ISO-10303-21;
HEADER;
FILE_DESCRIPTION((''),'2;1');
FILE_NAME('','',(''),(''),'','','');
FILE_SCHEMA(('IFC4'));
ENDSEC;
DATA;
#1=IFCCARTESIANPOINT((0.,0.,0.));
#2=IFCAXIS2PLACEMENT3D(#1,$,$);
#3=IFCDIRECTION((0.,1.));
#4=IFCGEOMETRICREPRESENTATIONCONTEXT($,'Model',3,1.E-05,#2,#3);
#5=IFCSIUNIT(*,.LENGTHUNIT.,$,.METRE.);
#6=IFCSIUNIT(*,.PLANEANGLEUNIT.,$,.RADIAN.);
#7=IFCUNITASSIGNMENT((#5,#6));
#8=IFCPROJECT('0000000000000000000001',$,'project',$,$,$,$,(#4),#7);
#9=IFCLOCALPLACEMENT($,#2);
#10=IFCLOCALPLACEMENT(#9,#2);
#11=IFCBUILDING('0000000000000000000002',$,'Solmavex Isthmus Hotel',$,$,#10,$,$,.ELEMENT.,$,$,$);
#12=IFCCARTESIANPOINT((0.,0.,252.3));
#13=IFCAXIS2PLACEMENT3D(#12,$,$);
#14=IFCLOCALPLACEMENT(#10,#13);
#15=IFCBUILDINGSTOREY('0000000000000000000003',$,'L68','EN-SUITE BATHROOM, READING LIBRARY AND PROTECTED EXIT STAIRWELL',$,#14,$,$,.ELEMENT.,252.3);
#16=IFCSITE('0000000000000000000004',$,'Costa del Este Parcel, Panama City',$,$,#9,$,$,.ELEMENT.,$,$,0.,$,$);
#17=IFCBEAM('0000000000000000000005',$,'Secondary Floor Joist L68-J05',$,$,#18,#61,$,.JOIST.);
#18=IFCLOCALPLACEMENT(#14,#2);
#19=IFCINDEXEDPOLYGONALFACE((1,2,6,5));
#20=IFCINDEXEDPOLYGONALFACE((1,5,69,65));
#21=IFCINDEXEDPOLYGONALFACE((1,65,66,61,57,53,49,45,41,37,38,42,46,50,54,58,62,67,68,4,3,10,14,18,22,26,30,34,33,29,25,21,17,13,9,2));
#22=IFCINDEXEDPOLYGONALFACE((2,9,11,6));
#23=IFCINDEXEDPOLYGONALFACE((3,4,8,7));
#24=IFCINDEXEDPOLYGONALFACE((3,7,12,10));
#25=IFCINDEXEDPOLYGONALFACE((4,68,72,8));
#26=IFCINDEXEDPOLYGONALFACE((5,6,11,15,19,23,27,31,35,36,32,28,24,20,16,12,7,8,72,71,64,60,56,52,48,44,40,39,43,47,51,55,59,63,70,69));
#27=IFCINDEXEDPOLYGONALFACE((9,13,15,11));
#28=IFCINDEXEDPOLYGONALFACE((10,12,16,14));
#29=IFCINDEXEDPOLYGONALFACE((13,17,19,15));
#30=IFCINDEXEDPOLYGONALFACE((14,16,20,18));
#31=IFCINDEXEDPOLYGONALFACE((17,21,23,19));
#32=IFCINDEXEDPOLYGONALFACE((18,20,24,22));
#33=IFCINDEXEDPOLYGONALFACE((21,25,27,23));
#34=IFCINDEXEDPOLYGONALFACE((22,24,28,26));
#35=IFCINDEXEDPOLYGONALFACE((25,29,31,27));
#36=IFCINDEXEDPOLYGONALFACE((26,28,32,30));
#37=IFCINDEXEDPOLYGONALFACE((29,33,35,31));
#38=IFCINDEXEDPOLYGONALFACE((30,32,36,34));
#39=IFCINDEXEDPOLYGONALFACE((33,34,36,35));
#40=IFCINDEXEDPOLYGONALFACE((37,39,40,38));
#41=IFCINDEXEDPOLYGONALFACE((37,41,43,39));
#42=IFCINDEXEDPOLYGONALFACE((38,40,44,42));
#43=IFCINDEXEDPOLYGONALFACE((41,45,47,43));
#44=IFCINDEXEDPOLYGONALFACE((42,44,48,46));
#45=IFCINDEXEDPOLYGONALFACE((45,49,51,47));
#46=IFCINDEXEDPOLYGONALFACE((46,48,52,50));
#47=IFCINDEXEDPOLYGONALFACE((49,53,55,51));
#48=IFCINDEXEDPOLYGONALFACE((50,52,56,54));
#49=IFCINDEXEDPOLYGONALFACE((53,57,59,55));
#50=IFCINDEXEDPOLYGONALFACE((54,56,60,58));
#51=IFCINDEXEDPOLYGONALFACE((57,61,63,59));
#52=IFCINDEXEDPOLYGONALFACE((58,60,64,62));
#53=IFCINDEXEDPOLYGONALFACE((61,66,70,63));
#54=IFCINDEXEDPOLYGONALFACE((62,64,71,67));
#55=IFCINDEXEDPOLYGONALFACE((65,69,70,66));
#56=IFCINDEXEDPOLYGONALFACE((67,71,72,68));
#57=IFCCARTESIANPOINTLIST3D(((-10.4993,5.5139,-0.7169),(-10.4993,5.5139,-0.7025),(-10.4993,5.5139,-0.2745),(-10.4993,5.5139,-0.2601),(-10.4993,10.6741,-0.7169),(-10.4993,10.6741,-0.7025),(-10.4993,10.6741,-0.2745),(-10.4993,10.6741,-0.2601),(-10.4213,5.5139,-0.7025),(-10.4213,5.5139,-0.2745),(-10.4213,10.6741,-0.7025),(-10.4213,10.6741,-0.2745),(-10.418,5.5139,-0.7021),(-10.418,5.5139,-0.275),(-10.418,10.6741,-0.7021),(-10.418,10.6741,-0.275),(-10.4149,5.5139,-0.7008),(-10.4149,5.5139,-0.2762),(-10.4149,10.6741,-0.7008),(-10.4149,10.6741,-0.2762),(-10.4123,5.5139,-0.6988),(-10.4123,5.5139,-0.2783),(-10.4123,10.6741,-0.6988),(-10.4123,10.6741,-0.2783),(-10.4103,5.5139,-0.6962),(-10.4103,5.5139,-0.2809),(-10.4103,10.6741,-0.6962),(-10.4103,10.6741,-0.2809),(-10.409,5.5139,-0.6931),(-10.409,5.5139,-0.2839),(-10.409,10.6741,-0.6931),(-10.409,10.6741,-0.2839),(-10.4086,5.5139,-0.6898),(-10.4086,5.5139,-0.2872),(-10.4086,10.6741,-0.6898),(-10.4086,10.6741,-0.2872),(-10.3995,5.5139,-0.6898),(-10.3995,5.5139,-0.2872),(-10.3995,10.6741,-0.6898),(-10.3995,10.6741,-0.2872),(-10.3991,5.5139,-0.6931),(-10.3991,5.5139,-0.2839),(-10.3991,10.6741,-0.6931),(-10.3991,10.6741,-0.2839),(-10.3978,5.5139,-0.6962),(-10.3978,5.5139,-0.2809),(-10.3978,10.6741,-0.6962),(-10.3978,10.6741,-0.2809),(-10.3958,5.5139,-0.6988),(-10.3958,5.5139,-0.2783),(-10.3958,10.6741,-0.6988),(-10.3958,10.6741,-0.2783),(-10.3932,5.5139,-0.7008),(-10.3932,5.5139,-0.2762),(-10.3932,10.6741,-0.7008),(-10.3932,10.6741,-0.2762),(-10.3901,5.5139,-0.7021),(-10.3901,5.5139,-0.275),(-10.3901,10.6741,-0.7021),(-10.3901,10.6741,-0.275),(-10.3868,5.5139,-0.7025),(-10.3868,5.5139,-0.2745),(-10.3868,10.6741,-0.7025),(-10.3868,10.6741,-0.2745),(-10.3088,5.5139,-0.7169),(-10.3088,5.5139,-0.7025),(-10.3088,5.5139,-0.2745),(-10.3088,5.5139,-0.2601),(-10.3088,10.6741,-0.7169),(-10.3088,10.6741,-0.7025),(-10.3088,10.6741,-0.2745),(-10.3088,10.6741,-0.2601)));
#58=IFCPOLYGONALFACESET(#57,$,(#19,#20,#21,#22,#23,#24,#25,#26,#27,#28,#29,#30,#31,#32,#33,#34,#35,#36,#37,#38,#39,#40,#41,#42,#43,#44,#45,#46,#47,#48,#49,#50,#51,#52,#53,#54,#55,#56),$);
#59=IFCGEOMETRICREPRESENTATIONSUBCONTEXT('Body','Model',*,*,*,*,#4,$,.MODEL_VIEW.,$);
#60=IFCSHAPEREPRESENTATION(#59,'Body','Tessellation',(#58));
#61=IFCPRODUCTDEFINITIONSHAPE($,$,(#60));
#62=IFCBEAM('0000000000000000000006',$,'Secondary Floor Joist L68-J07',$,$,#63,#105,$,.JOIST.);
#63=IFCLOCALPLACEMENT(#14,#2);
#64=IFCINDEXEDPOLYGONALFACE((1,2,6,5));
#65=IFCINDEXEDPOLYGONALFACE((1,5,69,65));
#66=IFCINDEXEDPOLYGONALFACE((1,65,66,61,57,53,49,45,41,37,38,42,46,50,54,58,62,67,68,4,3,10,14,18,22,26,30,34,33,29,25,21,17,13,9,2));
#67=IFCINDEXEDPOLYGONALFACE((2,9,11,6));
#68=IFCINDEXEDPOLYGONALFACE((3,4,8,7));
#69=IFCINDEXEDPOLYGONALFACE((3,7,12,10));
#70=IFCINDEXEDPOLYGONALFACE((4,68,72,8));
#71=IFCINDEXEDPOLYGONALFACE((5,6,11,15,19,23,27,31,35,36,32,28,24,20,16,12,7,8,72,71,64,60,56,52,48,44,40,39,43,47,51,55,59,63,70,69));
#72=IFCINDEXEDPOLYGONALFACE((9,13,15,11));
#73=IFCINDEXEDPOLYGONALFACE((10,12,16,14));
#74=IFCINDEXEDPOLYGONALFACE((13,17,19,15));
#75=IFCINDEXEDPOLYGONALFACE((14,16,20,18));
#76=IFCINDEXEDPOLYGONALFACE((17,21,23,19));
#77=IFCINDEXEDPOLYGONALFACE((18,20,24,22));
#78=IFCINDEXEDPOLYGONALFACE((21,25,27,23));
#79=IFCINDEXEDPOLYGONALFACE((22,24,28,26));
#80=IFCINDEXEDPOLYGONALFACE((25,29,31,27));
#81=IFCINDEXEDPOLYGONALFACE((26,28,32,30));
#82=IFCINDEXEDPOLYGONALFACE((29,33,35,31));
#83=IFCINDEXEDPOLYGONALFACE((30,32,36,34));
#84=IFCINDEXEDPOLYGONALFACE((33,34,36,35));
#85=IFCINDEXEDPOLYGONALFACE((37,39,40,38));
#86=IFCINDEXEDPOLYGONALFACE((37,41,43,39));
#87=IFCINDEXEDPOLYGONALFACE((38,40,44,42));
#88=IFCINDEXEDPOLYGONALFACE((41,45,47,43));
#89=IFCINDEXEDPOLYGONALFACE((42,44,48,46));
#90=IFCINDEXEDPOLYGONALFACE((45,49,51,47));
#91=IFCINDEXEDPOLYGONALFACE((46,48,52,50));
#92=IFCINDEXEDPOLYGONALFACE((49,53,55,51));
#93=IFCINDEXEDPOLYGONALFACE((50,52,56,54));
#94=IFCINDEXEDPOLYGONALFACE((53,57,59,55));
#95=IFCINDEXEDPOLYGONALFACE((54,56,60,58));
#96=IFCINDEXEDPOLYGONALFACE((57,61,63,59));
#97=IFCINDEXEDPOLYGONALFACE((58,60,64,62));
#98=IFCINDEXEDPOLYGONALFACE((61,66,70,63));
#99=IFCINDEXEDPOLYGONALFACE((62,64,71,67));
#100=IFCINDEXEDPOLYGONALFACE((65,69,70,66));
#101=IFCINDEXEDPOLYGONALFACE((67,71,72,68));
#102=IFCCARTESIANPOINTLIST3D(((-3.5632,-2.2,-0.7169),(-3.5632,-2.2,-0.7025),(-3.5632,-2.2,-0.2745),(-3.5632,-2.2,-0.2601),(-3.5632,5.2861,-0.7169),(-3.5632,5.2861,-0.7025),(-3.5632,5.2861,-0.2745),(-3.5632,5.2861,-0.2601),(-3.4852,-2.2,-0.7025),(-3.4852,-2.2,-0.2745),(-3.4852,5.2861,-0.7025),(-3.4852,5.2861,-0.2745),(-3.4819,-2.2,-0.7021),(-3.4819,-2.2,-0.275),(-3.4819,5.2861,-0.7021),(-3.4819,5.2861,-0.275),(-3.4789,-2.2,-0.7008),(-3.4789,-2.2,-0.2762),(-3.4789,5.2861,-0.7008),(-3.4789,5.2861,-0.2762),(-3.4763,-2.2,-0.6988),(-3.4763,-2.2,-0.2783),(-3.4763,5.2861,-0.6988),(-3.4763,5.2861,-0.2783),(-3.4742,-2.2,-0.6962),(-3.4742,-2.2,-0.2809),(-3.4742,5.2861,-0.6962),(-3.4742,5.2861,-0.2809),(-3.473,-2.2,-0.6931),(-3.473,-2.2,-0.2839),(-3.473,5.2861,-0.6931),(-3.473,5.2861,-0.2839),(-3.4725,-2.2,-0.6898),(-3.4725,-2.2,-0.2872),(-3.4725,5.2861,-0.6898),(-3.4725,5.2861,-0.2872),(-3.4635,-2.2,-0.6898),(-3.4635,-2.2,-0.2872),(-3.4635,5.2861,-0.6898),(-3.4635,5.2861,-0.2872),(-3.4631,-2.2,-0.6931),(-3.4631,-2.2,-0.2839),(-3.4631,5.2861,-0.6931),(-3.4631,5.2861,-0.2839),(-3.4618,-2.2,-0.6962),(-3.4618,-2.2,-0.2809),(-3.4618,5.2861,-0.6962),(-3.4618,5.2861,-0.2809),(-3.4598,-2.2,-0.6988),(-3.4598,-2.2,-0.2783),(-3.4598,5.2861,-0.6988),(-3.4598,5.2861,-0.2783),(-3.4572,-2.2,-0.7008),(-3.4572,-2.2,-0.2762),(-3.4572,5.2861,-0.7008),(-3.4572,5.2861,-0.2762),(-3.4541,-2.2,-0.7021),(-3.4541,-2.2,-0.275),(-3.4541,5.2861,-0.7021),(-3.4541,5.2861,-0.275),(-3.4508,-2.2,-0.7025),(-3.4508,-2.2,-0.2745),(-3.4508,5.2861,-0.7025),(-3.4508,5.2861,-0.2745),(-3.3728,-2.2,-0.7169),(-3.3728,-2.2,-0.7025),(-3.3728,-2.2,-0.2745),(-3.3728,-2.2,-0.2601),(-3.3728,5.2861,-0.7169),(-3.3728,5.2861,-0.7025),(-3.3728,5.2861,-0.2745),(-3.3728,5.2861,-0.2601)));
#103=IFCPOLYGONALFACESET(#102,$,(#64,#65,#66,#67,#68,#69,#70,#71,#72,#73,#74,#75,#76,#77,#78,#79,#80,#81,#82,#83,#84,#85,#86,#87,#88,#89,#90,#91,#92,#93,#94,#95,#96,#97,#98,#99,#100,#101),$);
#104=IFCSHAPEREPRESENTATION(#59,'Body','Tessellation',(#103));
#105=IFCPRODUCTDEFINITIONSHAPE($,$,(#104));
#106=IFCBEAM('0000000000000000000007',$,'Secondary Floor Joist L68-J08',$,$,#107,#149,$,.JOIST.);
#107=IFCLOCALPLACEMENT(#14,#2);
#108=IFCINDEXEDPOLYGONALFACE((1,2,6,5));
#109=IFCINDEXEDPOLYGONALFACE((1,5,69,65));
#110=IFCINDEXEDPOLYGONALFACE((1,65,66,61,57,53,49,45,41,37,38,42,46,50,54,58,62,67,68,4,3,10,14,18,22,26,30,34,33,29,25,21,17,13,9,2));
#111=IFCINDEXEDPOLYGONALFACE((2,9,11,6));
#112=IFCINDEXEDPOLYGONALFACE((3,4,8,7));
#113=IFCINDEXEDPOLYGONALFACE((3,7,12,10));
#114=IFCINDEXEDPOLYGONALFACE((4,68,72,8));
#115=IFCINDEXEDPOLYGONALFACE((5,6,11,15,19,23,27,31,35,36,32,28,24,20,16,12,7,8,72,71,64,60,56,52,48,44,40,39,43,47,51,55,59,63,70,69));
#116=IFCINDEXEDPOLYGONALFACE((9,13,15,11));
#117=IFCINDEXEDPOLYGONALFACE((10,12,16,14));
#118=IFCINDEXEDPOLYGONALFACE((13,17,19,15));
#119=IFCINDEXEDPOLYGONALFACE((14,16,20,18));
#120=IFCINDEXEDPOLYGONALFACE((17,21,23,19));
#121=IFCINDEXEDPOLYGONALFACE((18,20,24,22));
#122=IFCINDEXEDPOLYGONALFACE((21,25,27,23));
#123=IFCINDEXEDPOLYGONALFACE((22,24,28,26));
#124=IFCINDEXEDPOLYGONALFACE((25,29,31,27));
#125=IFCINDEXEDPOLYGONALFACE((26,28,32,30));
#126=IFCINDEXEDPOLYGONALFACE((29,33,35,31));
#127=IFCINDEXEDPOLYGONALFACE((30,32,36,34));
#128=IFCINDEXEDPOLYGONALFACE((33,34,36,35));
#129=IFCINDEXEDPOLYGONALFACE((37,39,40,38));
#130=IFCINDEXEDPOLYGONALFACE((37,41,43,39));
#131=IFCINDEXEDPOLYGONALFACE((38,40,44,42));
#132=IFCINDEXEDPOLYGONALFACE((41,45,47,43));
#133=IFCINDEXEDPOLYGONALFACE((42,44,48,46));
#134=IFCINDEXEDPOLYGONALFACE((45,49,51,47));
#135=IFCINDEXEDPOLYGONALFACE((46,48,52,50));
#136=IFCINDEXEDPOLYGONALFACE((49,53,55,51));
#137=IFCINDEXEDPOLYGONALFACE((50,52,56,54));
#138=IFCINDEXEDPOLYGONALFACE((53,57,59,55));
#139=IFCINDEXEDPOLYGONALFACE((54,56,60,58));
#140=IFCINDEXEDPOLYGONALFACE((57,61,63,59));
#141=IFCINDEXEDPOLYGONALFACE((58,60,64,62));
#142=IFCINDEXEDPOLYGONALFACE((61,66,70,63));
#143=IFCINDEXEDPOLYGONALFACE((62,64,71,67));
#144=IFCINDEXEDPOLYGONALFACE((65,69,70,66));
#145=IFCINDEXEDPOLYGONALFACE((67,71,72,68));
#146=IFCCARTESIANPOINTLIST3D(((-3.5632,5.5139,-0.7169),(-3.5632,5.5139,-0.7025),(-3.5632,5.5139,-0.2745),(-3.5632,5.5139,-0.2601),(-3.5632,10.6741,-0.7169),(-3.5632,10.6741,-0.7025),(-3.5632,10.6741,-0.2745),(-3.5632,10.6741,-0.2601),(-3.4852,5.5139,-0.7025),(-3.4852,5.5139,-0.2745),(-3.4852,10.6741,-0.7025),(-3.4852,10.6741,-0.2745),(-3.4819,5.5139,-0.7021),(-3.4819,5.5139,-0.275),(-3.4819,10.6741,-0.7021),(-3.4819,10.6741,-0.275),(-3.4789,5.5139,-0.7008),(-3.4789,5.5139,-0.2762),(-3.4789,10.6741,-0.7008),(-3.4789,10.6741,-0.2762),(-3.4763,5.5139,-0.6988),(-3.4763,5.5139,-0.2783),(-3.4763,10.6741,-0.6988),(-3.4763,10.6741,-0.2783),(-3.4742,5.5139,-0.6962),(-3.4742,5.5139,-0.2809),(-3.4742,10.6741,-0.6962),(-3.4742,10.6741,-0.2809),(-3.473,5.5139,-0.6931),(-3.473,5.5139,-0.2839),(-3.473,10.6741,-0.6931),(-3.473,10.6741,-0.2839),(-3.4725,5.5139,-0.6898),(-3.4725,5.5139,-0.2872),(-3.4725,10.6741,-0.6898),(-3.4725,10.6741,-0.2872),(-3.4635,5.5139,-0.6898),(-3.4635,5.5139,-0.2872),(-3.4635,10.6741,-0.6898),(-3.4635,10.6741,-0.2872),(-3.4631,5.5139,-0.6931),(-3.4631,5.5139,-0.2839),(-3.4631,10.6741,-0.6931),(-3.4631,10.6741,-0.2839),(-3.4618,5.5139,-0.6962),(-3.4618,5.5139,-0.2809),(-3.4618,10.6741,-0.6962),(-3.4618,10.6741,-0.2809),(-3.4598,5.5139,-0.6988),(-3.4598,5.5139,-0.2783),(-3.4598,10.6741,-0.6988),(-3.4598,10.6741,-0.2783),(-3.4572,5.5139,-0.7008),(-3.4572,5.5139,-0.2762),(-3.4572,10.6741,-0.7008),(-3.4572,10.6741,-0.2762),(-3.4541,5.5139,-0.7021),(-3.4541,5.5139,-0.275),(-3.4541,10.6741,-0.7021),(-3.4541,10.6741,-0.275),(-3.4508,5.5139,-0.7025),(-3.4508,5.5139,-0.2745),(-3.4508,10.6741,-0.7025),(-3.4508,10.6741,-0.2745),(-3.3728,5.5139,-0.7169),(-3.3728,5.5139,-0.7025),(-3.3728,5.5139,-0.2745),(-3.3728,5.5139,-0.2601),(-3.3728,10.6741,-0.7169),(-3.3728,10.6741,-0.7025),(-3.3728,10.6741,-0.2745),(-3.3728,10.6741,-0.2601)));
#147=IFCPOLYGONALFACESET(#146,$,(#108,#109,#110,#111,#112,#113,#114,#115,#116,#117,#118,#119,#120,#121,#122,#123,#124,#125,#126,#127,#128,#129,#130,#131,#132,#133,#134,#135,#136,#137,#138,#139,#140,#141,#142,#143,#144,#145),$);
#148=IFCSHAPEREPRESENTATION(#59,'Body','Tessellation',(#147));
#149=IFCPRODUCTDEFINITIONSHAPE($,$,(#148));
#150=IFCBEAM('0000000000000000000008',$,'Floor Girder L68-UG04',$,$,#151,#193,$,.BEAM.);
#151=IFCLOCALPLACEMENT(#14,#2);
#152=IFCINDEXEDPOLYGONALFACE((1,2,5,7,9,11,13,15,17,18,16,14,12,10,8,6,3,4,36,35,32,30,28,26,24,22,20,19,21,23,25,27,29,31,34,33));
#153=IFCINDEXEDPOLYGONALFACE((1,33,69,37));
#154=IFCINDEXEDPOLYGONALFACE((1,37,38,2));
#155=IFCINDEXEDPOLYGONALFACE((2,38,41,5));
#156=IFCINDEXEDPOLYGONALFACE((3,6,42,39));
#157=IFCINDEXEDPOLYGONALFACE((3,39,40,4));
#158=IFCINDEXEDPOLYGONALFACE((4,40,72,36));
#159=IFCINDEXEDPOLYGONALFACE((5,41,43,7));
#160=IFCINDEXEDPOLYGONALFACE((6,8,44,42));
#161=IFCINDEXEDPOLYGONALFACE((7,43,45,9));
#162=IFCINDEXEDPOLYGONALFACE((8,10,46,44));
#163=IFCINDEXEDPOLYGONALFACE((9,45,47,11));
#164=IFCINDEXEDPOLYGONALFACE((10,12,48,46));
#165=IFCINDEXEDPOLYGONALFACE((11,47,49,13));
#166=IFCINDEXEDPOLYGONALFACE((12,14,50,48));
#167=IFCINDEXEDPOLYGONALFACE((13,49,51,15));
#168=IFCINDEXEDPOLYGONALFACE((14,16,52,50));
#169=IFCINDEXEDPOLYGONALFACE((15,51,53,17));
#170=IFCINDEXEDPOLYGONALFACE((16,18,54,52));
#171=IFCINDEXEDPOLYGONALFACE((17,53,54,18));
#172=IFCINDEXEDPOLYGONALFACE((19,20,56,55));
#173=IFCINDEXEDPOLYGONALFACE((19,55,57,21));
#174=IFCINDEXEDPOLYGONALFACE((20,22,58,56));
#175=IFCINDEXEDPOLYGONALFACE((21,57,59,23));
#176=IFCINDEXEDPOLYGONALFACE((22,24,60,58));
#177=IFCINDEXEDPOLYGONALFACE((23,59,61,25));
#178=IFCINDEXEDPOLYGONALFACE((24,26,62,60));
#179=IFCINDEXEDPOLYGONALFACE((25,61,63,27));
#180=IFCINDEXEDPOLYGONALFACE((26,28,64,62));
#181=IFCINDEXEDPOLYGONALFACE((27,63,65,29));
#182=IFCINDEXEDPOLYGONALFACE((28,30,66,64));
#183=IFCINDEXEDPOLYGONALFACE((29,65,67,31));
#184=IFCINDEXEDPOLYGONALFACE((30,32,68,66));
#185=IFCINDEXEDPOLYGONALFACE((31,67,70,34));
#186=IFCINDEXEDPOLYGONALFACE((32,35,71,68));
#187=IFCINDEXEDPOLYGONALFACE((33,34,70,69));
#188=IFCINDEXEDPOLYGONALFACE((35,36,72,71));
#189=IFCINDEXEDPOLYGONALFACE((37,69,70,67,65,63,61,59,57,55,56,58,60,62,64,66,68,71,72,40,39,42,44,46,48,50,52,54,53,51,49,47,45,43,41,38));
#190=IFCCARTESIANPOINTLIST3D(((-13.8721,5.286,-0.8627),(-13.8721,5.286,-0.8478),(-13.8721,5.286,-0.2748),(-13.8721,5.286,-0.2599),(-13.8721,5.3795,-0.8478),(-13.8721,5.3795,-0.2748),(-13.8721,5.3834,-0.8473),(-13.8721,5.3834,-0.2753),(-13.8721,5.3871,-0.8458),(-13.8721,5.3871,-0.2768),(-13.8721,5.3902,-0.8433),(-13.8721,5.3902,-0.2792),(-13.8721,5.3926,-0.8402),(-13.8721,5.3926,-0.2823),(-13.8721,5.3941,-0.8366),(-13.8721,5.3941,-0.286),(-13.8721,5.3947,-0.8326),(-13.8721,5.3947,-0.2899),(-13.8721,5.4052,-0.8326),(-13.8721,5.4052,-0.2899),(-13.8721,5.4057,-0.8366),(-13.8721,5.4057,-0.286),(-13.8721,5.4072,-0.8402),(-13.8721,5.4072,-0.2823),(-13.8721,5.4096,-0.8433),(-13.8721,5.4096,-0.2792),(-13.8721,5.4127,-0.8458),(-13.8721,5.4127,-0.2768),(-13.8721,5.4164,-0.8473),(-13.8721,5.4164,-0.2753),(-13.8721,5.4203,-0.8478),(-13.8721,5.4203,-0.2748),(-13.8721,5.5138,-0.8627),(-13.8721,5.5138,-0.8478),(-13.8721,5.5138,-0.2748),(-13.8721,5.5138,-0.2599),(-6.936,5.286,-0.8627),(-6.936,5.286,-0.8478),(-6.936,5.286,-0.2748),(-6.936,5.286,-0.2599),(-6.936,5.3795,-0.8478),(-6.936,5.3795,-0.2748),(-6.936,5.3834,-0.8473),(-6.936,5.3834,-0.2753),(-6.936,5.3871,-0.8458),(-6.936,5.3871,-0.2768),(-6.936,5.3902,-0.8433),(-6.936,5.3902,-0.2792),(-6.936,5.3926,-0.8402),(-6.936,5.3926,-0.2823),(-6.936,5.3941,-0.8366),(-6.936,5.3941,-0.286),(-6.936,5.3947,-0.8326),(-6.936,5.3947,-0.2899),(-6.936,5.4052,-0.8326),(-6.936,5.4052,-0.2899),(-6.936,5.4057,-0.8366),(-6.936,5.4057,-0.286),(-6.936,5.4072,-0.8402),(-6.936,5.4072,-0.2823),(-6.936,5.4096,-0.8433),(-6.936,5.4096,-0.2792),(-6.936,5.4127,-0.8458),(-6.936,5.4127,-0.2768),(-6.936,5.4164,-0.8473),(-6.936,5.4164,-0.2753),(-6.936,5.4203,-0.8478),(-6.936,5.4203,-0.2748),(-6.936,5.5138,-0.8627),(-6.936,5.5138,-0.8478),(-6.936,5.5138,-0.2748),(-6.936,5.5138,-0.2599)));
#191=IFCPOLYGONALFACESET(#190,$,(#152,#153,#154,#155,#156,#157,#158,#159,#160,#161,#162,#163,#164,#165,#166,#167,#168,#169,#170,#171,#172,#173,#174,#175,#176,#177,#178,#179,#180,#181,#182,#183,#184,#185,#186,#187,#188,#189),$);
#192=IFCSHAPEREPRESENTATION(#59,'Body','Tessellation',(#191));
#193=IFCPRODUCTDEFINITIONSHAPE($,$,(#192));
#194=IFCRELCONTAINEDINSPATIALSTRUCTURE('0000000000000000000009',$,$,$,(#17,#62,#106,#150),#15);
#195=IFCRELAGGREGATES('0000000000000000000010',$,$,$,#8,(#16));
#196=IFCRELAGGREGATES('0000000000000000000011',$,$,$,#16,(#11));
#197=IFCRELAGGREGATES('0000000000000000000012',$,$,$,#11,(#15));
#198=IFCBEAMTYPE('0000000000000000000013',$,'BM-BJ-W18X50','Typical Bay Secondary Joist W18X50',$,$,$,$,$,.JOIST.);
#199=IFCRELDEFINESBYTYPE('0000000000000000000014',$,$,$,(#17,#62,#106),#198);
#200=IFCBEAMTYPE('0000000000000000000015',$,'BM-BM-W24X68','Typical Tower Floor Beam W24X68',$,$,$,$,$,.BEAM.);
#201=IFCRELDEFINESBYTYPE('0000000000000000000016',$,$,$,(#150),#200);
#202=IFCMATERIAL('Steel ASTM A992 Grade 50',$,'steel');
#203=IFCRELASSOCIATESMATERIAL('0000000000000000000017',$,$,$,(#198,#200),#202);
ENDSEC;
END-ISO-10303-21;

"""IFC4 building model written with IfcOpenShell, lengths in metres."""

from ifc_helpers import new_model, si_unit, direction, frame, origin, origin_2d, place, context, subcontext, project, spatial, i_section, extrude, material, material_profile, profile_set, type_object, element, save


model = new_model("IFC4")

# Units and contexts
model_context = context("Model", 3, precision=1e-05, world=origin(), true_north=direction((0.0, 1.0)))
body_context = subcontext(model_context, "Body", "Model", "MODEL_VIEW")
ifc_project = project(units=[si_unit("LENGTHUNIT", "METRE"), si_unit("PLANEANGLEUNIT", "RADIAN")], contexts=[model_context])

# Site, building, storey
site_placement = place(None, origin())
site = spatial("IfcSite", under=ifc_project, at=site_placement, Name="Costa del Este Parcel, Panama City", CompositionType="ELEMENT", RefElevation=0.0)
building_placement = place(site_placement, origin())
building = spatial("IfcBuilding", under=site, at=building_placement, Name="Solmavex Isthmus Hotel", CompositionType="ELEMENT")
storey_placement = place(building_placement, frame((0.0, 0.0, 252.3)))
storey = spatial("IfcBuildingStorey", under=building, at=storey_placement, Name="L68", Description="EN-SUITE BATHROOM, READING LIBRARY AND PROTECTED EXIT STAIRWELL", CompositionType="ELEMENT", Elevation=252.3)

# Beams
ifc_material_1 = material(Name="Steel ASTM A992 Grade 50", Category="steel")
ifc_material_profile_1 = material_profile(ifc_material_1, i_section(OverallWidth=0.1904, OverallDepth=0.4568, WebThickness=0.009, FlangeThickness=0.0144, FilletRadius=0.0127, at=origin_2d()), Name="W18X50")
ifc_profile_set_1 = profile_set([ifc_material_profile_1], Name="Steel ASTM A992 Grade 50")
beam_type_1 = type_object("IfcBeamType", Name="BM-BJ-W18X50", Description="Typical Bay Secondary Joist W18X50", PredefinedType="JOIST", material=ifc_profile_set_1)
beam_1_placement = place(storey_placement, frame((-10.4041, 5.5139, -0.4885), z_axis=(0.0, 1.0, 0.0), x_axis=(-1.0, 0.0, 0.0)))
element("IfcBeam", 1, at=beam_1_placement, inside=storey, type_object=beam_type_1, Name="Secondary Floor Joist L68-J05", PredefinedType="JOIST", context=body_context, shape_type="SweptSolid", body=[
    extrude(i_section(OverallWidth=0.1904, OverallDepth=0.4568, WebThickness=0.009, FlangeThickness=0.0144, FilletRadius=0.0127, at=origin_2d()), origin(), (0.0, 0.0, 1.0), 5.1602),
])
beam_2_placement = place(storey_placement, frame((-3.468, -2.2, -0.4885), z_axis=(0.0, 1.0, 0.0), x_axis=(-1.0, 0.0, 0.0)))
element("IfcBeam", 2, at=beam_2_placement, inside=storey, type_object=beam_type_1, Name="Secondary Floor Joist L68-J07", PredefinedType="JOIST", context=body_context, shape_type="SweptSolid", body=[
    extrude(i_section(OverallWidth=0.1904, OverallDepth=0.4568, WebThickness=0.009, FlangeThickness=0.0144, FilletRadius=0.0127, at=origin_2d()), origin(), (0.0, 0.0, 1.0), 7.4861),
])
beam_3_placement = place(storey_placement, frame((-3.468, 5.5139, -0.4885), z_axis=(0.0, 1.0, 0.0), x_axis=(-1.0, 0.0, 0.0)))
element("IfcBeam", 3, at=beam_3_placement, inside=storey, type_object=beam_type_1, Name="Secondary Floor Joist L68-J08", PredefinedType="JOIST", context=body_context, shape_type="SweptSolid", body=[
    extrude(i_section(OverallWidth=0.1904, OverallDepth=0.4568, WebThickness=0.009, FlangeThickness=0.0144, FilletRadius=0.0127, at=origin_2d()), origin(), (0.0, 0.0, 1.0), 5.1602),
])
ifc_material_profile_2 = material_profile(ifc_material_1, i_section(OverallWidth=0.2278, OverallDepth=0.6028, WebThickness=0.0105, FlangeThickness=0.0149, FilletRadius=0.0151, at=origin_2d()), Name="W24X68")
ifc_profile_set_2 = profile_set([ifc_material_profile_2], Name="Steel ASTM A992 Grade 50")
beam_type_2 = type_object("IfcBeamType", Name="BM-BM-W24X68", Description="Typical Tower Floor Beam W24X68", PredefinedType="BEAM", material=ifc_profile_set_2)
for number, where, z_axis, x_axis, name in (
    (4, (-13.8721, 5.3999, -0.5613), (1.0, 0.0, 0.0), (0.0, 1.0, 0.0), "Floor Girder L68-UG04"),
):
    element("IfcBeam", number, at=place(storey_placement, frame(where, z_axis=z_axis, x_axis=x_axis)), inside=storey, type_object=beam_type_2, Name=name, PredefinedType="BEAM", context=body_context, shape_type="SweptSolid", body=[
        extrude(i_section(OverallWidth=0.2278, OverallDepth=0.6028, WebThickness=0.0105, FlangeThickness=0.0149, FilletRadius=0.0151, at=origin_2d()), origin(), (0.0, 0.0, 1.0), 6.936),
    ])

save(model, "model.ifc")
